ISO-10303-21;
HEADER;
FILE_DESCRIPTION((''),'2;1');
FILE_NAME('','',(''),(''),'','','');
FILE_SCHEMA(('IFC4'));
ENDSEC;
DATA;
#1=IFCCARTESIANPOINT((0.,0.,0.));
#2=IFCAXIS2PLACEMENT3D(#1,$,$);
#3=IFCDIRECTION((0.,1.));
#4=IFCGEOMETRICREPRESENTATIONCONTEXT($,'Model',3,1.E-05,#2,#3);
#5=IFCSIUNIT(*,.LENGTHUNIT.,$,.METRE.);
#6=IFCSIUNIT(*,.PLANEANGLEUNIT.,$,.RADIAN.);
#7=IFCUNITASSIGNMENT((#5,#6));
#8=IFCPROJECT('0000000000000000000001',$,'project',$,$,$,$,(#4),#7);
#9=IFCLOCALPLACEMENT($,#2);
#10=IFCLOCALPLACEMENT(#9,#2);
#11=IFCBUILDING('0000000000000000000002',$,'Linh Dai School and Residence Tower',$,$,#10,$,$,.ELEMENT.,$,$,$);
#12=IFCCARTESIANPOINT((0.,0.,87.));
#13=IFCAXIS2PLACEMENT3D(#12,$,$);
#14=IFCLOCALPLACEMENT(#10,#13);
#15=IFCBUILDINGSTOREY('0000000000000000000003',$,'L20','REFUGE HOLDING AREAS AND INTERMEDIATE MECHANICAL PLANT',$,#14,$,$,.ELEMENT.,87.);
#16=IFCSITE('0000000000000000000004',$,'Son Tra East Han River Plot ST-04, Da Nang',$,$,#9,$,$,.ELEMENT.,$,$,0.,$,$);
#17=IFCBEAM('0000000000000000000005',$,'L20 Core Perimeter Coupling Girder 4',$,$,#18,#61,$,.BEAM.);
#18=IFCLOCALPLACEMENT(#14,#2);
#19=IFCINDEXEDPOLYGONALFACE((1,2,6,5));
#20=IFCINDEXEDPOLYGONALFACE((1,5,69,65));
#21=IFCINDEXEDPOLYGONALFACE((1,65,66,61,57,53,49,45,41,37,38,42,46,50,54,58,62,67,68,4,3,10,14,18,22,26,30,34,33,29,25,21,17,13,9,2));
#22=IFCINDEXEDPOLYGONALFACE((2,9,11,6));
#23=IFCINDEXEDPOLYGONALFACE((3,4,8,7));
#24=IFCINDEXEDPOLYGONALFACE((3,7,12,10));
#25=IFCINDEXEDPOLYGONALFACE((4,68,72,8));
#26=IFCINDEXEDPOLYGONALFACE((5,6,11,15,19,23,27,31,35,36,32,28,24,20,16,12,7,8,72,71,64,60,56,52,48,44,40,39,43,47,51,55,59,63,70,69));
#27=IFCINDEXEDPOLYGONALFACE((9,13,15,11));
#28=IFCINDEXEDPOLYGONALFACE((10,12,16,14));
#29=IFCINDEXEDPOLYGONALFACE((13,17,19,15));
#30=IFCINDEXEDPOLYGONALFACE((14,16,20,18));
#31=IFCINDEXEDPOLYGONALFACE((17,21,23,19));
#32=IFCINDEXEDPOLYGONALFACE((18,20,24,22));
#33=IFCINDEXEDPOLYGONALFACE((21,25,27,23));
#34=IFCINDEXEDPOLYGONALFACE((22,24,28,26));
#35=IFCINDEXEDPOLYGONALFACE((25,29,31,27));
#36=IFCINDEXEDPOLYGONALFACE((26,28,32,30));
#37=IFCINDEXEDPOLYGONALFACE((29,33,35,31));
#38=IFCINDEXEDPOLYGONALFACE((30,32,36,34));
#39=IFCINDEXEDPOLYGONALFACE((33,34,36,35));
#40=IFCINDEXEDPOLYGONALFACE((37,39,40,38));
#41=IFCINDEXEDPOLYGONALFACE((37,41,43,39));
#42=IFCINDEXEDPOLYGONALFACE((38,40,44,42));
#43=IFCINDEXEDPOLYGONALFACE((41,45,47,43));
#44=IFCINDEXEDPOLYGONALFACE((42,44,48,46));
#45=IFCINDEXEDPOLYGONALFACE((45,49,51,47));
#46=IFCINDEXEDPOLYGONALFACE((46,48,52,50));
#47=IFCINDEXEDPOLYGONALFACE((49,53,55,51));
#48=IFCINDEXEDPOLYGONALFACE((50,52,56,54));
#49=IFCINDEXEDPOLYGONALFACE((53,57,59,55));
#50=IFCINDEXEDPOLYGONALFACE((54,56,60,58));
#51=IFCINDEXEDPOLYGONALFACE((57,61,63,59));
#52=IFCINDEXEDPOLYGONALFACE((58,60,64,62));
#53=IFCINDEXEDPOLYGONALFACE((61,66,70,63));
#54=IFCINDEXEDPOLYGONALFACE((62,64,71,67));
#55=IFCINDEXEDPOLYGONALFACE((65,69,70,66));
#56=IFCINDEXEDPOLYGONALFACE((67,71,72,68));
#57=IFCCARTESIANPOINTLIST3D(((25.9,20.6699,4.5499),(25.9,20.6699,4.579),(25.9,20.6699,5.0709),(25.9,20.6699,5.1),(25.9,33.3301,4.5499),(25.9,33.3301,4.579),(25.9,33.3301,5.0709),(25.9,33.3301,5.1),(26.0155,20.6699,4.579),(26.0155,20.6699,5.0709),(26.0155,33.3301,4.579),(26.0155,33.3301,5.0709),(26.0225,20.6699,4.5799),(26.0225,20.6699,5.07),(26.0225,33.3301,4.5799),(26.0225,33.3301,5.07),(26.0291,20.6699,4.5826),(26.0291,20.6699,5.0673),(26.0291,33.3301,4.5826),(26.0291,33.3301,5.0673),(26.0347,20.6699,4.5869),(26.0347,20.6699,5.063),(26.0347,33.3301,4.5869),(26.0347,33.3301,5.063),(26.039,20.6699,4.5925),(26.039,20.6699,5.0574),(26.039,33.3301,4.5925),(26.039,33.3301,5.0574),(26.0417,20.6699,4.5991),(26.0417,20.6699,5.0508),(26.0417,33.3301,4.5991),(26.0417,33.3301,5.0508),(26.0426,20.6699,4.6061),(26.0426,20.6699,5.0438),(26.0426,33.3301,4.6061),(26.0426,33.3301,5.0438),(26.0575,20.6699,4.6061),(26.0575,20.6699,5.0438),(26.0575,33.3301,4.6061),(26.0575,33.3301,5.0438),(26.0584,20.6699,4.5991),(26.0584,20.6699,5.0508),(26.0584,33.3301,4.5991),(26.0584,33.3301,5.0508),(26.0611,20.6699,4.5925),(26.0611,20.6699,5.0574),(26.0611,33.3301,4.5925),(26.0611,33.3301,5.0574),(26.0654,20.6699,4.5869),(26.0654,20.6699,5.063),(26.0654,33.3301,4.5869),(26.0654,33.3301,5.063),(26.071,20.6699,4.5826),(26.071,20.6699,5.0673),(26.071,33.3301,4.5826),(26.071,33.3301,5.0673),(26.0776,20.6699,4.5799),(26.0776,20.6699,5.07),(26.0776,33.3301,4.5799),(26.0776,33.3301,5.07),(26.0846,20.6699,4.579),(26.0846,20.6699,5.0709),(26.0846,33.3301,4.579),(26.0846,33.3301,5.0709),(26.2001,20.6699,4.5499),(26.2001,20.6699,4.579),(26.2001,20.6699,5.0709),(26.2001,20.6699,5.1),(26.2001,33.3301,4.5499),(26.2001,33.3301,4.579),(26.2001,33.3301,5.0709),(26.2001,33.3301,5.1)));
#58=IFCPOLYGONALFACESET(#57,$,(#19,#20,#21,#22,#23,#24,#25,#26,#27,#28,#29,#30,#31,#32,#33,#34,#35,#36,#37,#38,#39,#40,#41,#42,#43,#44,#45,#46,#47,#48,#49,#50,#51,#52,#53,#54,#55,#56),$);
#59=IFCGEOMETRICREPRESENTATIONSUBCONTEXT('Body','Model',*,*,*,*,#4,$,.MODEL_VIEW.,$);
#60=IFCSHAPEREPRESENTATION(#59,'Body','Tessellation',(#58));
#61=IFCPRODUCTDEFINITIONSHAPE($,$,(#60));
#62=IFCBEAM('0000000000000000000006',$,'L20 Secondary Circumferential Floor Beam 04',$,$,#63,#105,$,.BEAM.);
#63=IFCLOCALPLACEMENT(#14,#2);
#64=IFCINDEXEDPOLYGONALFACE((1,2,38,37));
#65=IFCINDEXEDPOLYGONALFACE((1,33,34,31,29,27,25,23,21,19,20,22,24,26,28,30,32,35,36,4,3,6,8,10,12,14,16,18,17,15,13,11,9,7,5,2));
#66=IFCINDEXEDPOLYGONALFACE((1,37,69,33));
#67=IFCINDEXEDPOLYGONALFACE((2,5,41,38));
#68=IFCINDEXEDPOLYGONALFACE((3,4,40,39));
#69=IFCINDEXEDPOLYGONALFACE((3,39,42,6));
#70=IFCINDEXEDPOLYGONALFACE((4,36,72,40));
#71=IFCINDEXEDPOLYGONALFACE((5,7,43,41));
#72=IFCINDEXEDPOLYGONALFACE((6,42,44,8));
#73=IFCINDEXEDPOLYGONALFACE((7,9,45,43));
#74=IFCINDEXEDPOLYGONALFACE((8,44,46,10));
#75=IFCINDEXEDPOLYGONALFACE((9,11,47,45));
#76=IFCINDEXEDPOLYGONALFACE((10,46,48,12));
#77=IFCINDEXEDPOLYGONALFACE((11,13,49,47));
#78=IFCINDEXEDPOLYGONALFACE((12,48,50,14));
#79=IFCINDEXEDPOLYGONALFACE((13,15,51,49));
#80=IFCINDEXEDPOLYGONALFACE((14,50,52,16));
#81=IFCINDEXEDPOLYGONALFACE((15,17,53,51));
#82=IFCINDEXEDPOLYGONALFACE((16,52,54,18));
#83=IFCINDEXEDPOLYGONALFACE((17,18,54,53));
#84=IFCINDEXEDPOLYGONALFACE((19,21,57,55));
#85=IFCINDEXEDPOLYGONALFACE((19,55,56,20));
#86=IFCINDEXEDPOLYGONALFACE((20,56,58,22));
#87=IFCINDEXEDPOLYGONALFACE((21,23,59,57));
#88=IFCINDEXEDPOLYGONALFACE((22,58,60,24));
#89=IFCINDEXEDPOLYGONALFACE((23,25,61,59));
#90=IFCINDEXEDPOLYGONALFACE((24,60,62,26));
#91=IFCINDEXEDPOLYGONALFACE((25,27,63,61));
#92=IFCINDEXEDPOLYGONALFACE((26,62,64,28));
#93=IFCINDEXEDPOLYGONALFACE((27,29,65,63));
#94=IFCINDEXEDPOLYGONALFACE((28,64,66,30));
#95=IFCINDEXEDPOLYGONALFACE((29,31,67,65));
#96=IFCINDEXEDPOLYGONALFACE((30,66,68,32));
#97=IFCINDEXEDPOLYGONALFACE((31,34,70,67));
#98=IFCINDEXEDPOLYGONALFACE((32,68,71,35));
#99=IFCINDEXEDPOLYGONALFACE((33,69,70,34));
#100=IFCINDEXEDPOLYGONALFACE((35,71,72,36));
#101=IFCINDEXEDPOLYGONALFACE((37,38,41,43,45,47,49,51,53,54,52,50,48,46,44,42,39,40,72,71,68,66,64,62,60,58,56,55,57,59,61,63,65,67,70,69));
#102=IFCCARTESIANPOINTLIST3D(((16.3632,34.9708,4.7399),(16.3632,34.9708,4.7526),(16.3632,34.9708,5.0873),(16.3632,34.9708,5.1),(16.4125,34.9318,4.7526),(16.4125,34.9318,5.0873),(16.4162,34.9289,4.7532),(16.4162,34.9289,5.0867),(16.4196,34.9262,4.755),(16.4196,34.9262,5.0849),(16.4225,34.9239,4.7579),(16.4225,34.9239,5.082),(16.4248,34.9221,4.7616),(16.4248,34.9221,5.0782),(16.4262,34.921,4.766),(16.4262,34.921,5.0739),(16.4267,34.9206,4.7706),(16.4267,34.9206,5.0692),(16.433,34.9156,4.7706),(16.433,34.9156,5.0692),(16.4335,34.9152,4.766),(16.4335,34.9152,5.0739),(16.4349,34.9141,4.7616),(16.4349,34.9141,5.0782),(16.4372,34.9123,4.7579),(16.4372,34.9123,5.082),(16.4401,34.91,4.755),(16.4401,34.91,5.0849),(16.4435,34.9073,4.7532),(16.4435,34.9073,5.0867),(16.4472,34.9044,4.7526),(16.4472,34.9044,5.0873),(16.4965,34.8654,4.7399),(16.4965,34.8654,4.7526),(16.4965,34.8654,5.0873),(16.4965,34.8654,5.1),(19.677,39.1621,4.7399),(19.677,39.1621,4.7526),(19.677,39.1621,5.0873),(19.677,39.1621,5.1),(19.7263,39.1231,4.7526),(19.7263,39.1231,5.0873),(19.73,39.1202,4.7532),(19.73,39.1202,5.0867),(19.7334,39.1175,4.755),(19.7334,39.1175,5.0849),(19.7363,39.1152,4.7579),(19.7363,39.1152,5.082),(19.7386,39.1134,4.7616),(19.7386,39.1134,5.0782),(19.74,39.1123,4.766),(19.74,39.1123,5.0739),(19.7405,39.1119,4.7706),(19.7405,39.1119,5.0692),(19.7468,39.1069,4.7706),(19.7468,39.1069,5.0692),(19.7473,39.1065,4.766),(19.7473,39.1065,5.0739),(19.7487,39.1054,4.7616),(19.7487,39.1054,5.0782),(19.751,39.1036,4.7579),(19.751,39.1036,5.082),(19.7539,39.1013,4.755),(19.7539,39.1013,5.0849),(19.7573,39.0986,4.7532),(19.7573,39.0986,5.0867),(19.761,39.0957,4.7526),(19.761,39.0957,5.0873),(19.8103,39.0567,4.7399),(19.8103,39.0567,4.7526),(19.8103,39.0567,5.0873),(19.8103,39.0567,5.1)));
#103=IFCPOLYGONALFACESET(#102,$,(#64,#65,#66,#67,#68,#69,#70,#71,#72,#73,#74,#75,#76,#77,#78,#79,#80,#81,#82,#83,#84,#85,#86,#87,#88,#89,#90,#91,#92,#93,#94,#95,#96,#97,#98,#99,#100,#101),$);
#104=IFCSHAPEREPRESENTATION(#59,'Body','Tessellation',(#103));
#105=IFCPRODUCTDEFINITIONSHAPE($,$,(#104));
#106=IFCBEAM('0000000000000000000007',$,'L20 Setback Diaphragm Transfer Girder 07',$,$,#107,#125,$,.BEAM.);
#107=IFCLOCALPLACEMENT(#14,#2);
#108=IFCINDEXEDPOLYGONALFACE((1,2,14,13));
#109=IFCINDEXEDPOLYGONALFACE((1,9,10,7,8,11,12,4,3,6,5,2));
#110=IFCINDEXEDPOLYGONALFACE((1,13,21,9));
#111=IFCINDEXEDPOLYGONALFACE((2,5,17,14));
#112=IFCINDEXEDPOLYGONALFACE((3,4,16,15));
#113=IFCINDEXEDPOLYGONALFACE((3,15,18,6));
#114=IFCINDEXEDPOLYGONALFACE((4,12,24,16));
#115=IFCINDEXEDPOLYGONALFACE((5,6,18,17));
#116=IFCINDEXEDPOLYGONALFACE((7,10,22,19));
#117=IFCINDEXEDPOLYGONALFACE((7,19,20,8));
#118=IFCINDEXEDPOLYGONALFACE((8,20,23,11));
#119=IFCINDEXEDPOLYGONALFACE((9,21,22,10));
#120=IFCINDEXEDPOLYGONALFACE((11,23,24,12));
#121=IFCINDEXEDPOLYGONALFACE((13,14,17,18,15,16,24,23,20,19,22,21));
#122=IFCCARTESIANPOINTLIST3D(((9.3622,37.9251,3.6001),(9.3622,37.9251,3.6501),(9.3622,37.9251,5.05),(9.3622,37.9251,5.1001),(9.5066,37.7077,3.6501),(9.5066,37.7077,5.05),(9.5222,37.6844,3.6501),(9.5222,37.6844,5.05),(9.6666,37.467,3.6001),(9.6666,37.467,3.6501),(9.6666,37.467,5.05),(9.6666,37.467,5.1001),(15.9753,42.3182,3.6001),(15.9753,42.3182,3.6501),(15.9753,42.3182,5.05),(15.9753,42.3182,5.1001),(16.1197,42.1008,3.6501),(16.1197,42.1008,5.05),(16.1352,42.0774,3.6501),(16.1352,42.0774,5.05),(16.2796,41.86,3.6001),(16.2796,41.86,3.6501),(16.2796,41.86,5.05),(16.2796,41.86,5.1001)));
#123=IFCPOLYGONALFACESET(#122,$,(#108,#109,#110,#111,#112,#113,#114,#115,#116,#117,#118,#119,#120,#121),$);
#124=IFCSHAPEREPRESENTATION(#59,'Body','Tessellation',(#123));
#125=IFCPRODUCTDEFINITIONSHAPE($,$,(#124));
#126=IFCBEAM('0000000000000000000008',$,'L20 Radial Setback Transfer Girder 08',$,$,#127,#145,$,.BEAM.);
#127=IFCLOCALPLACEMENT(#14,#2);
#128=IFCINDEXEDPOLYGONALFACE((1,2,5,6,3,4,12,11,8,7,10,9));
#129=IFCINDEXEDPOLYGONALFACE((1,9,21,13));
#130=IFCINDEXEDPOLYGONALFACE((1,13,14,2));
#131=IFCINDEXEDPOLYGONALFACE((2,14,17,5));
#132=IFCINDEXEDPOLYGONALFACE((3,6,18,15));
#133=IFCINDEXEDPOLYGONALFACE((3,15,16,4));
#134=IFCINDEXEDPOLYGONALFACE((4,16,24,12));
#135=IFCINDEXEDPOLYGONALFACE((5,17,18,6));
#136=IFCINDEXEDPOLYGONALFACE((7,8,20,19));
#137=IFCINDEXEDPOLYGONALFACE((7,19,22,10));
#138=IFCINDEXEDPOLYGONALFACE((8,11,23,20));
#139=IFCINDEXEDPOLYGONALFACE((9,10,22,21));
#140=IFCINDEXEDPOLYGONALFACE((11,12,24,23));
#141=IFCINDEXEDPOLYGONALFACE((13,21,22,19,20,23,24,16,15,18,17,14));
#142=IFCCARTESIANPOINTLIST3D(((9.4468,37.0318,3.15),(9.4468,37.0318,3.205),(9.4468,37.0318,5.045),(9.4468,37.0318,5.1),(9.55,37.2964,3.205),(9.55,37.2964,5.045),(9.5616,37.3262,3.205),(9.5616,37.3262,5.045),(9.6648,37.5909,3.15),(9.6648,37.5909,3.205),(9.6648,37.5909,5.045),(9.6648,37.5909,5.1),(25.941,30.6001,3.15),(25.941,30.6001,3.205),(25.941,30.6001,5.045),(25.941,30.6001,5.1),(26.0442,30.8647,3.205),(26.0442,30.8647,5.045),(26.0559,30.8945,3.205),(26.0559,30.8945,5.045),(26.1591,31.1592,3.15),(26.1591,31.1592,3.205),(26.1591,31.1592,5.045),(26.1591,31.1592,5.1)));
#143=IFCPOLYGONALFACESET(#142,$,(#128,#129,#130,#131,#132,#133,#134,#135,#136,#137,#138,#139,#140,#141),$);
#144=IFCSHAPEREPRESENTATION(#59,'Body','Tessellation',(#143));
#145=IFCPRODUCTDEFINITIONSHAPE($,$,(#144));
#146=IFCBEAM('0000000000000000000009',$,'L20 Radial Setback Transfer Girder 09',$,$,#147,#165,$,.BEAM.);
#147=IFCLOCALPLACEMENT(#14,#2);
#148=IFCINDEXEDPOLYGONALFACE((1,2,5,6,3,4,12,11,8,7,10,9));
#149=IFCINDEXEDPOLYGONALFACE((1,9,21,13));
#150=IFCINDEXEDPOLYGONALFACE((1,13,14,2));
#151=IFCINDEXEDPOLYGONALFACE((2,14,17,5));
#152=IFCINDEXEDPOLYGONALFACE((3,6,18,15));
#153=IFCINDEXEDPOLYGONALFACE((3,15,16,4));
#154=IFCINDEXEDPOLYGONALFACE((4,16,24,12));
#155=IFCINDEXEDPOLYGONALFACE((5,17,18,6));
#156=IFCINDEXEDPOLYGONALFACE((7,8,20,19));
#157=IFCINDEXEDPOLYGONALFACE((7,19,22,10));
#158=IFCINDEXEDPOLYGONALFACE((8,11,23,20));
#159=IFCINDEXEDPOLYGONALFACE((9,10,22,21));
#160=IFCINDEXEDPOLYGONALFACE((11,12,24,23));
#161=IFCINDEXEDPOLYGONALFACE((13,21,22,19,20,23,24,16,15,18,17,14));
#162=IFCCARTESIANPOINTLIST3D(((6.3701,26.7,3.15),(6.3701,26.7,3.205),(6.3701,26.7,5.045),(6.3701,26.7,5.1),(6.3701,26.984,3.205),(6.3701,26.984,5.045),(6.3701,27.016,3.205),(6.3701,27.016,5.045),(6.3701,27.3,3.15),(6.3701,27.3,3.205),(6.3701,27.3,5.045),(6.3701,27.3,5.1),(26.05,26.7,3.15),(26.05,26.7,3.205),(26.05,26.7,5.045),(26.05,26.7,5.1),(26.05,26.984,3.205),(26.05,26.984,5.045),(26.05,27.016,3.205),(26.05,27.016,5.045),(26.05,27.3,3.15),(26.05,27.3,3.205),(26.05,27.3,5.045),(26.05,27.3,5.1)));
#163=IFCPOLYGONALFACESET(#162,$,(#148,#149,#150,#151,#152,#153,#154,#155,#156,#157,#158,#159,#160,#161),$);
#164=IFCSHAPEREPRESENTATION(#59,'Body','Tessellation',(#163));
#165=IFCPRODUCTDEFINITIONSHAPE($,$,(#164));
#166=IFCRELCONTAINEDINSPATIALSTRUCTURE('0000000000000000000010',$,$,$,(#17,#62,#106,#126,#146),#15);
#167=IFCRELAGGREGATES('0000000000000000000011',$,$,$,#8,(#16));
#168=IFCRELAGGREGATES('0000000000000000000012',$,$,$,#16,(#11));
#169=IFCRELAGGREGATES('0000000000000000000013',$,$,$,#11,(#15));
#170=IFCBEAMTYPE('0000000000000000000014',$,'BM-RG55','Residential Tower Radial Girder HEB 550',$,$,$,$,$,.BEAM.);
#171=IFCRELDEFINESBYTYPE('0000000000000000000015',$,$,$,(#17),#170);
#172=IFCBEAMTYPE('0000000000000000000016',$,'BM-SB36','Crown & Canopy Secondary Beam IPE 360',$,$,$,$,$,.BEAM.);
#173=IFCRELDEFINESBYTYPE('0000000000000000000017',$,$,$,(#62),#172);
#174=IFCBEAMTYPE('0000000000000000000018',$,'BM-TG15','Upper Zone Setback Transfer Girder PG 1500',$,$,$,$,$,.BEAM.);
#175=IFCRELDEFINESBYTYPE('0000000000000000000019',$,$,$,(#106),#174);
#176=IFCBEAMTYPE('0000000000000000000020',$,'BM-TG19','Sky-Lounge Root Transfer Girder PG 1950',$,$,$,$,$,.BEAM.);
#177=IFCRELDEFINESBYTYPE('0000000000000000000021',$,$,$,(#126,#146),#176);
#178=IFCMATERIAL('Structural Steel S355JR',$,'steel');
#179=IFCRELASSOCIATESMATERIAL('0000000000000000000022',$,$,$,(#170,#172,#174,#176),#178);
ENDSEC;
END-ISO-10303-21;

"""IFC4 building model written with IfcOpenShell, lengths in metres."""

from ifc_helpers import new_model, si_unit, direction, frame, origin, origin_2d, place, context, subcontext, project, spatial, i_section, extrude, material, material_profile, profile_set, type_object, element, save


model = new_model("IFC4")

# Units and contexts
model_context = context("Model", 3, precision=1e-05, world=origin(), true_north=direction((0.0, 1.0)))
body_context = subcontext(model_context, "Body", "Model", "MODEL_VIEW")
ifc_project = project(units=[si_unit("LENGTHUNIT", "METRE"), si_unit("PLANEANGLEUNIT", "RADIAN")], contexts=[model_context])

# Site, building, storey
site_placement = place(None, origin())
site = spatial("IfcSite", under=ifc_project, at=site_placement, Name="Son Tra East Han River Plot ST-04, Da Nang", CompositionType="ELEMENT", RefElevation=0.0)
building_placement = place(site_placement, origin())
building = spatial("IfcBuilding", under=site, at=building_placement, Name="Linh Dai School and Residence Tower", CompositionType="ELEMENT")
storey_placement = place(building_placement, frame((0.0, 0.0, 87.0)))
storey = spatial("IfcBuildingStorey", under=building, at=storey_placement, Name="L20", Description="REFUGE HOLDING AREAS AND INTERMEDIATE MECHANICAL PLANT", CompositionType="ELEMENT", Elevation=87.0)

# Shared definitions
ifc_material_1 = material(Name="Structural Steel S355JR", Category="steel")

# Beams
ifc_material_profile_1 = material_profile(ifc_material_1, i_section(OverallWidth=0.3, OverallDepth=0.55, WebThickness=0.0149, FlangeThickness=0.0291, FilletRadius=0.0271, at=origin_2d()), Name="HEB 550")
ifc_profile_set_1 = profile_set([ifc_material_profile_1], Name="Structural Steel S355JR")
beam_type_1 = type_object("IfcBeamType", Name="BM-RG55", Description="Residential Tower Radial Girder HEB 550", PredefinedType="BEAM", material=ifc_profile_set_1)
beam_1_placement = place(storey_placement, frame((26.05, 33.3301, 4.825), z_axis=(0.0, -1.0, 0.0), x_axis=(1.0, 0.0, 0.0)))
element("IfcBeam", 1, at=beam_1_placement, inside=storey, type_object=beam_type_1, Name="L20 Core Perimeter Coupling Girder 4", PredefinedType="BEAM", context=body_context, shape_type="SweptSolid", body=[
    extrude(i_section(OverallWidth=0.3, OverallDepth=0.55, WebThickness=0.0149, FlangeThickness=0.0291, FilletRadius=0.0271, at=origin_2d()), origin(), (0.0, 0.0, 1.0), 12.6602),
])
ifc_material_profile_2 = material_profile(ifc_material_1, i_section(OverallWidth=0.1699, OverallDepth=0.3601, WebThickness=0.0081, FlangeThickness=0.0127, FilletRadius=0.0181, at=origin_2d()), Name="IPE 360")
ifc_profile_set_2 = profile_set([ifc_material_profile_2], Name="Structural Steel S355JR")
beam_type_2 = type_object("IfcBeamType", Name="BM-SB36", Description="Crown & Canopy Secondary Beam IPE 360", PredefinedType="BEAM", material=ifc_profile_set_2)
beam_2_placement = place(storey_placement, frame((19.7437, 39.1094, 4.9199), z_axis=(-0.62021, -0.784436, 0.0), x_axis=(0.784436, -0.62021, 0.0)))
element("IfcBeam", 2, at=beam_2_placement, inside=storey, type_object=beam_type_2, Name="L20 Secondary Circumferential Floor Beam 04", PredefinedType="BEAM", context=body_context, shape_type="SweptSolid", body=[
    extrude(i_section(OverallWidth=0.1699, OverallDepth=0.3601, WebThickness=0.0081, FlangeThickness=0.0127, FilletRadius=0.0181, at=origin_2d()), origin(), (0.0, 0.0, 1.0), 5.343),
])
ifc_material_profile_3 = material_profile(ifc_material_1, i_section(OverallWidth=0.55, OverallDepth=1.5, WebThickness=0.0281, FlangeThickness=0.05, at=origin_2d()), Name="PG 1500x550x28x50")
ifc_profile_set_3 = profile_set([ifc_material_profile_3], Name="Structural Steel S355JR")
beam_type_3 = type_object("IfcBeamType", Name="BM-TG15", Description="Upper Zone Setback Transfer Girder PG 1500", PredefinedType="BEAM", material=ifc_profile_set_3)
beam_3_placement = place(storey_placement, frame((16.1274, 42.0891, 4.3501), z_axis=(-0.832958, -0.553337, 0.0), x_axis=(0.553337, -0.832958, 0.0)))
element("IfcBeam", 3, at=beam_3_placement, inside=storey, type_object=beam_type_3, Name="L20 Setback Diaphragm Transfer Girder 07", PredefinedType="BEAM", context=body_context, shape_type="SweptSolid", body=[
    extrude(i_section(OverallWidth=0.55, OverallDepth=1.5, WebThickness=0.0281, FlangeThickness=0.05, at=origin_2d()), origin(), (0.0, 0.0, 1.0), 7.9392),
])
ifc_material_profile_4 = material_profile(ifc_material_1, i_section(OverallWidth=0.6001, OverallDepth=1.95, WebThickness=0.032, FlangeThickness=0.0549, at=origin_2d()), Name="PG 1950x600x32x55")
ifc_profile_set_4 = profile_set([ifc_material_profile_4], Name="Structural Steel S355JR")
beam_type_4 = type_object("IfcBeamType", Name="BM-TG19", Description="Sky-Lounge Root Transfer Girder PG 1950", PredefinedType="BEAM", material=ifc_profile_set_4)
beam_4_placement = place(storey_placement, frame((26.05, 30.8796, 4.125), z_axis=(-0.931675, 0.363293, 0.0), x_axis=(-0.363293, -0.931675, 0.0)))
element("IfcBeam", 4, at=beam_4_placement, inside=storey, type_object=beam_type_4, Name="L20 Radial Setback Transfer Girder 08", PredefinedType="BEAM", context=body_context, shape_type="SweptSolid", body=[
    extrude(i_section(OverallWidth=0.6001, OverallDepth=1.95, WebThickness=0.032, FlangeThickness=0.0549, at=origin_2d()), origin(), (0.0, 0.0, 1.0), 17.7039),
])
beam_5_placement = place(storey_placement, frame((26.05, 27.0, 4.125), z_axis=(-1.0, 0.0, 0.0), x_axis=(0.0, -1.0, 0.0)))
element("IfcBeam", 5, at=beam_5_placement, inside=storey, type_object=beam_type_4, Name="L20 Radial Setback Transfer Girder 09", PredefinedType="BEAM", context=body_context, shape_type="SweptSolid", body=[
    extrude(i_section(OverallWidth=0.6001, OverallDepth=1.95, WebThickness=0.032, FlangeThickness=0.0549, at=origin_2d()), origin(), (0.0, 0.0, 1.0), 19.6799),
])

save(model, "model.ifc")
